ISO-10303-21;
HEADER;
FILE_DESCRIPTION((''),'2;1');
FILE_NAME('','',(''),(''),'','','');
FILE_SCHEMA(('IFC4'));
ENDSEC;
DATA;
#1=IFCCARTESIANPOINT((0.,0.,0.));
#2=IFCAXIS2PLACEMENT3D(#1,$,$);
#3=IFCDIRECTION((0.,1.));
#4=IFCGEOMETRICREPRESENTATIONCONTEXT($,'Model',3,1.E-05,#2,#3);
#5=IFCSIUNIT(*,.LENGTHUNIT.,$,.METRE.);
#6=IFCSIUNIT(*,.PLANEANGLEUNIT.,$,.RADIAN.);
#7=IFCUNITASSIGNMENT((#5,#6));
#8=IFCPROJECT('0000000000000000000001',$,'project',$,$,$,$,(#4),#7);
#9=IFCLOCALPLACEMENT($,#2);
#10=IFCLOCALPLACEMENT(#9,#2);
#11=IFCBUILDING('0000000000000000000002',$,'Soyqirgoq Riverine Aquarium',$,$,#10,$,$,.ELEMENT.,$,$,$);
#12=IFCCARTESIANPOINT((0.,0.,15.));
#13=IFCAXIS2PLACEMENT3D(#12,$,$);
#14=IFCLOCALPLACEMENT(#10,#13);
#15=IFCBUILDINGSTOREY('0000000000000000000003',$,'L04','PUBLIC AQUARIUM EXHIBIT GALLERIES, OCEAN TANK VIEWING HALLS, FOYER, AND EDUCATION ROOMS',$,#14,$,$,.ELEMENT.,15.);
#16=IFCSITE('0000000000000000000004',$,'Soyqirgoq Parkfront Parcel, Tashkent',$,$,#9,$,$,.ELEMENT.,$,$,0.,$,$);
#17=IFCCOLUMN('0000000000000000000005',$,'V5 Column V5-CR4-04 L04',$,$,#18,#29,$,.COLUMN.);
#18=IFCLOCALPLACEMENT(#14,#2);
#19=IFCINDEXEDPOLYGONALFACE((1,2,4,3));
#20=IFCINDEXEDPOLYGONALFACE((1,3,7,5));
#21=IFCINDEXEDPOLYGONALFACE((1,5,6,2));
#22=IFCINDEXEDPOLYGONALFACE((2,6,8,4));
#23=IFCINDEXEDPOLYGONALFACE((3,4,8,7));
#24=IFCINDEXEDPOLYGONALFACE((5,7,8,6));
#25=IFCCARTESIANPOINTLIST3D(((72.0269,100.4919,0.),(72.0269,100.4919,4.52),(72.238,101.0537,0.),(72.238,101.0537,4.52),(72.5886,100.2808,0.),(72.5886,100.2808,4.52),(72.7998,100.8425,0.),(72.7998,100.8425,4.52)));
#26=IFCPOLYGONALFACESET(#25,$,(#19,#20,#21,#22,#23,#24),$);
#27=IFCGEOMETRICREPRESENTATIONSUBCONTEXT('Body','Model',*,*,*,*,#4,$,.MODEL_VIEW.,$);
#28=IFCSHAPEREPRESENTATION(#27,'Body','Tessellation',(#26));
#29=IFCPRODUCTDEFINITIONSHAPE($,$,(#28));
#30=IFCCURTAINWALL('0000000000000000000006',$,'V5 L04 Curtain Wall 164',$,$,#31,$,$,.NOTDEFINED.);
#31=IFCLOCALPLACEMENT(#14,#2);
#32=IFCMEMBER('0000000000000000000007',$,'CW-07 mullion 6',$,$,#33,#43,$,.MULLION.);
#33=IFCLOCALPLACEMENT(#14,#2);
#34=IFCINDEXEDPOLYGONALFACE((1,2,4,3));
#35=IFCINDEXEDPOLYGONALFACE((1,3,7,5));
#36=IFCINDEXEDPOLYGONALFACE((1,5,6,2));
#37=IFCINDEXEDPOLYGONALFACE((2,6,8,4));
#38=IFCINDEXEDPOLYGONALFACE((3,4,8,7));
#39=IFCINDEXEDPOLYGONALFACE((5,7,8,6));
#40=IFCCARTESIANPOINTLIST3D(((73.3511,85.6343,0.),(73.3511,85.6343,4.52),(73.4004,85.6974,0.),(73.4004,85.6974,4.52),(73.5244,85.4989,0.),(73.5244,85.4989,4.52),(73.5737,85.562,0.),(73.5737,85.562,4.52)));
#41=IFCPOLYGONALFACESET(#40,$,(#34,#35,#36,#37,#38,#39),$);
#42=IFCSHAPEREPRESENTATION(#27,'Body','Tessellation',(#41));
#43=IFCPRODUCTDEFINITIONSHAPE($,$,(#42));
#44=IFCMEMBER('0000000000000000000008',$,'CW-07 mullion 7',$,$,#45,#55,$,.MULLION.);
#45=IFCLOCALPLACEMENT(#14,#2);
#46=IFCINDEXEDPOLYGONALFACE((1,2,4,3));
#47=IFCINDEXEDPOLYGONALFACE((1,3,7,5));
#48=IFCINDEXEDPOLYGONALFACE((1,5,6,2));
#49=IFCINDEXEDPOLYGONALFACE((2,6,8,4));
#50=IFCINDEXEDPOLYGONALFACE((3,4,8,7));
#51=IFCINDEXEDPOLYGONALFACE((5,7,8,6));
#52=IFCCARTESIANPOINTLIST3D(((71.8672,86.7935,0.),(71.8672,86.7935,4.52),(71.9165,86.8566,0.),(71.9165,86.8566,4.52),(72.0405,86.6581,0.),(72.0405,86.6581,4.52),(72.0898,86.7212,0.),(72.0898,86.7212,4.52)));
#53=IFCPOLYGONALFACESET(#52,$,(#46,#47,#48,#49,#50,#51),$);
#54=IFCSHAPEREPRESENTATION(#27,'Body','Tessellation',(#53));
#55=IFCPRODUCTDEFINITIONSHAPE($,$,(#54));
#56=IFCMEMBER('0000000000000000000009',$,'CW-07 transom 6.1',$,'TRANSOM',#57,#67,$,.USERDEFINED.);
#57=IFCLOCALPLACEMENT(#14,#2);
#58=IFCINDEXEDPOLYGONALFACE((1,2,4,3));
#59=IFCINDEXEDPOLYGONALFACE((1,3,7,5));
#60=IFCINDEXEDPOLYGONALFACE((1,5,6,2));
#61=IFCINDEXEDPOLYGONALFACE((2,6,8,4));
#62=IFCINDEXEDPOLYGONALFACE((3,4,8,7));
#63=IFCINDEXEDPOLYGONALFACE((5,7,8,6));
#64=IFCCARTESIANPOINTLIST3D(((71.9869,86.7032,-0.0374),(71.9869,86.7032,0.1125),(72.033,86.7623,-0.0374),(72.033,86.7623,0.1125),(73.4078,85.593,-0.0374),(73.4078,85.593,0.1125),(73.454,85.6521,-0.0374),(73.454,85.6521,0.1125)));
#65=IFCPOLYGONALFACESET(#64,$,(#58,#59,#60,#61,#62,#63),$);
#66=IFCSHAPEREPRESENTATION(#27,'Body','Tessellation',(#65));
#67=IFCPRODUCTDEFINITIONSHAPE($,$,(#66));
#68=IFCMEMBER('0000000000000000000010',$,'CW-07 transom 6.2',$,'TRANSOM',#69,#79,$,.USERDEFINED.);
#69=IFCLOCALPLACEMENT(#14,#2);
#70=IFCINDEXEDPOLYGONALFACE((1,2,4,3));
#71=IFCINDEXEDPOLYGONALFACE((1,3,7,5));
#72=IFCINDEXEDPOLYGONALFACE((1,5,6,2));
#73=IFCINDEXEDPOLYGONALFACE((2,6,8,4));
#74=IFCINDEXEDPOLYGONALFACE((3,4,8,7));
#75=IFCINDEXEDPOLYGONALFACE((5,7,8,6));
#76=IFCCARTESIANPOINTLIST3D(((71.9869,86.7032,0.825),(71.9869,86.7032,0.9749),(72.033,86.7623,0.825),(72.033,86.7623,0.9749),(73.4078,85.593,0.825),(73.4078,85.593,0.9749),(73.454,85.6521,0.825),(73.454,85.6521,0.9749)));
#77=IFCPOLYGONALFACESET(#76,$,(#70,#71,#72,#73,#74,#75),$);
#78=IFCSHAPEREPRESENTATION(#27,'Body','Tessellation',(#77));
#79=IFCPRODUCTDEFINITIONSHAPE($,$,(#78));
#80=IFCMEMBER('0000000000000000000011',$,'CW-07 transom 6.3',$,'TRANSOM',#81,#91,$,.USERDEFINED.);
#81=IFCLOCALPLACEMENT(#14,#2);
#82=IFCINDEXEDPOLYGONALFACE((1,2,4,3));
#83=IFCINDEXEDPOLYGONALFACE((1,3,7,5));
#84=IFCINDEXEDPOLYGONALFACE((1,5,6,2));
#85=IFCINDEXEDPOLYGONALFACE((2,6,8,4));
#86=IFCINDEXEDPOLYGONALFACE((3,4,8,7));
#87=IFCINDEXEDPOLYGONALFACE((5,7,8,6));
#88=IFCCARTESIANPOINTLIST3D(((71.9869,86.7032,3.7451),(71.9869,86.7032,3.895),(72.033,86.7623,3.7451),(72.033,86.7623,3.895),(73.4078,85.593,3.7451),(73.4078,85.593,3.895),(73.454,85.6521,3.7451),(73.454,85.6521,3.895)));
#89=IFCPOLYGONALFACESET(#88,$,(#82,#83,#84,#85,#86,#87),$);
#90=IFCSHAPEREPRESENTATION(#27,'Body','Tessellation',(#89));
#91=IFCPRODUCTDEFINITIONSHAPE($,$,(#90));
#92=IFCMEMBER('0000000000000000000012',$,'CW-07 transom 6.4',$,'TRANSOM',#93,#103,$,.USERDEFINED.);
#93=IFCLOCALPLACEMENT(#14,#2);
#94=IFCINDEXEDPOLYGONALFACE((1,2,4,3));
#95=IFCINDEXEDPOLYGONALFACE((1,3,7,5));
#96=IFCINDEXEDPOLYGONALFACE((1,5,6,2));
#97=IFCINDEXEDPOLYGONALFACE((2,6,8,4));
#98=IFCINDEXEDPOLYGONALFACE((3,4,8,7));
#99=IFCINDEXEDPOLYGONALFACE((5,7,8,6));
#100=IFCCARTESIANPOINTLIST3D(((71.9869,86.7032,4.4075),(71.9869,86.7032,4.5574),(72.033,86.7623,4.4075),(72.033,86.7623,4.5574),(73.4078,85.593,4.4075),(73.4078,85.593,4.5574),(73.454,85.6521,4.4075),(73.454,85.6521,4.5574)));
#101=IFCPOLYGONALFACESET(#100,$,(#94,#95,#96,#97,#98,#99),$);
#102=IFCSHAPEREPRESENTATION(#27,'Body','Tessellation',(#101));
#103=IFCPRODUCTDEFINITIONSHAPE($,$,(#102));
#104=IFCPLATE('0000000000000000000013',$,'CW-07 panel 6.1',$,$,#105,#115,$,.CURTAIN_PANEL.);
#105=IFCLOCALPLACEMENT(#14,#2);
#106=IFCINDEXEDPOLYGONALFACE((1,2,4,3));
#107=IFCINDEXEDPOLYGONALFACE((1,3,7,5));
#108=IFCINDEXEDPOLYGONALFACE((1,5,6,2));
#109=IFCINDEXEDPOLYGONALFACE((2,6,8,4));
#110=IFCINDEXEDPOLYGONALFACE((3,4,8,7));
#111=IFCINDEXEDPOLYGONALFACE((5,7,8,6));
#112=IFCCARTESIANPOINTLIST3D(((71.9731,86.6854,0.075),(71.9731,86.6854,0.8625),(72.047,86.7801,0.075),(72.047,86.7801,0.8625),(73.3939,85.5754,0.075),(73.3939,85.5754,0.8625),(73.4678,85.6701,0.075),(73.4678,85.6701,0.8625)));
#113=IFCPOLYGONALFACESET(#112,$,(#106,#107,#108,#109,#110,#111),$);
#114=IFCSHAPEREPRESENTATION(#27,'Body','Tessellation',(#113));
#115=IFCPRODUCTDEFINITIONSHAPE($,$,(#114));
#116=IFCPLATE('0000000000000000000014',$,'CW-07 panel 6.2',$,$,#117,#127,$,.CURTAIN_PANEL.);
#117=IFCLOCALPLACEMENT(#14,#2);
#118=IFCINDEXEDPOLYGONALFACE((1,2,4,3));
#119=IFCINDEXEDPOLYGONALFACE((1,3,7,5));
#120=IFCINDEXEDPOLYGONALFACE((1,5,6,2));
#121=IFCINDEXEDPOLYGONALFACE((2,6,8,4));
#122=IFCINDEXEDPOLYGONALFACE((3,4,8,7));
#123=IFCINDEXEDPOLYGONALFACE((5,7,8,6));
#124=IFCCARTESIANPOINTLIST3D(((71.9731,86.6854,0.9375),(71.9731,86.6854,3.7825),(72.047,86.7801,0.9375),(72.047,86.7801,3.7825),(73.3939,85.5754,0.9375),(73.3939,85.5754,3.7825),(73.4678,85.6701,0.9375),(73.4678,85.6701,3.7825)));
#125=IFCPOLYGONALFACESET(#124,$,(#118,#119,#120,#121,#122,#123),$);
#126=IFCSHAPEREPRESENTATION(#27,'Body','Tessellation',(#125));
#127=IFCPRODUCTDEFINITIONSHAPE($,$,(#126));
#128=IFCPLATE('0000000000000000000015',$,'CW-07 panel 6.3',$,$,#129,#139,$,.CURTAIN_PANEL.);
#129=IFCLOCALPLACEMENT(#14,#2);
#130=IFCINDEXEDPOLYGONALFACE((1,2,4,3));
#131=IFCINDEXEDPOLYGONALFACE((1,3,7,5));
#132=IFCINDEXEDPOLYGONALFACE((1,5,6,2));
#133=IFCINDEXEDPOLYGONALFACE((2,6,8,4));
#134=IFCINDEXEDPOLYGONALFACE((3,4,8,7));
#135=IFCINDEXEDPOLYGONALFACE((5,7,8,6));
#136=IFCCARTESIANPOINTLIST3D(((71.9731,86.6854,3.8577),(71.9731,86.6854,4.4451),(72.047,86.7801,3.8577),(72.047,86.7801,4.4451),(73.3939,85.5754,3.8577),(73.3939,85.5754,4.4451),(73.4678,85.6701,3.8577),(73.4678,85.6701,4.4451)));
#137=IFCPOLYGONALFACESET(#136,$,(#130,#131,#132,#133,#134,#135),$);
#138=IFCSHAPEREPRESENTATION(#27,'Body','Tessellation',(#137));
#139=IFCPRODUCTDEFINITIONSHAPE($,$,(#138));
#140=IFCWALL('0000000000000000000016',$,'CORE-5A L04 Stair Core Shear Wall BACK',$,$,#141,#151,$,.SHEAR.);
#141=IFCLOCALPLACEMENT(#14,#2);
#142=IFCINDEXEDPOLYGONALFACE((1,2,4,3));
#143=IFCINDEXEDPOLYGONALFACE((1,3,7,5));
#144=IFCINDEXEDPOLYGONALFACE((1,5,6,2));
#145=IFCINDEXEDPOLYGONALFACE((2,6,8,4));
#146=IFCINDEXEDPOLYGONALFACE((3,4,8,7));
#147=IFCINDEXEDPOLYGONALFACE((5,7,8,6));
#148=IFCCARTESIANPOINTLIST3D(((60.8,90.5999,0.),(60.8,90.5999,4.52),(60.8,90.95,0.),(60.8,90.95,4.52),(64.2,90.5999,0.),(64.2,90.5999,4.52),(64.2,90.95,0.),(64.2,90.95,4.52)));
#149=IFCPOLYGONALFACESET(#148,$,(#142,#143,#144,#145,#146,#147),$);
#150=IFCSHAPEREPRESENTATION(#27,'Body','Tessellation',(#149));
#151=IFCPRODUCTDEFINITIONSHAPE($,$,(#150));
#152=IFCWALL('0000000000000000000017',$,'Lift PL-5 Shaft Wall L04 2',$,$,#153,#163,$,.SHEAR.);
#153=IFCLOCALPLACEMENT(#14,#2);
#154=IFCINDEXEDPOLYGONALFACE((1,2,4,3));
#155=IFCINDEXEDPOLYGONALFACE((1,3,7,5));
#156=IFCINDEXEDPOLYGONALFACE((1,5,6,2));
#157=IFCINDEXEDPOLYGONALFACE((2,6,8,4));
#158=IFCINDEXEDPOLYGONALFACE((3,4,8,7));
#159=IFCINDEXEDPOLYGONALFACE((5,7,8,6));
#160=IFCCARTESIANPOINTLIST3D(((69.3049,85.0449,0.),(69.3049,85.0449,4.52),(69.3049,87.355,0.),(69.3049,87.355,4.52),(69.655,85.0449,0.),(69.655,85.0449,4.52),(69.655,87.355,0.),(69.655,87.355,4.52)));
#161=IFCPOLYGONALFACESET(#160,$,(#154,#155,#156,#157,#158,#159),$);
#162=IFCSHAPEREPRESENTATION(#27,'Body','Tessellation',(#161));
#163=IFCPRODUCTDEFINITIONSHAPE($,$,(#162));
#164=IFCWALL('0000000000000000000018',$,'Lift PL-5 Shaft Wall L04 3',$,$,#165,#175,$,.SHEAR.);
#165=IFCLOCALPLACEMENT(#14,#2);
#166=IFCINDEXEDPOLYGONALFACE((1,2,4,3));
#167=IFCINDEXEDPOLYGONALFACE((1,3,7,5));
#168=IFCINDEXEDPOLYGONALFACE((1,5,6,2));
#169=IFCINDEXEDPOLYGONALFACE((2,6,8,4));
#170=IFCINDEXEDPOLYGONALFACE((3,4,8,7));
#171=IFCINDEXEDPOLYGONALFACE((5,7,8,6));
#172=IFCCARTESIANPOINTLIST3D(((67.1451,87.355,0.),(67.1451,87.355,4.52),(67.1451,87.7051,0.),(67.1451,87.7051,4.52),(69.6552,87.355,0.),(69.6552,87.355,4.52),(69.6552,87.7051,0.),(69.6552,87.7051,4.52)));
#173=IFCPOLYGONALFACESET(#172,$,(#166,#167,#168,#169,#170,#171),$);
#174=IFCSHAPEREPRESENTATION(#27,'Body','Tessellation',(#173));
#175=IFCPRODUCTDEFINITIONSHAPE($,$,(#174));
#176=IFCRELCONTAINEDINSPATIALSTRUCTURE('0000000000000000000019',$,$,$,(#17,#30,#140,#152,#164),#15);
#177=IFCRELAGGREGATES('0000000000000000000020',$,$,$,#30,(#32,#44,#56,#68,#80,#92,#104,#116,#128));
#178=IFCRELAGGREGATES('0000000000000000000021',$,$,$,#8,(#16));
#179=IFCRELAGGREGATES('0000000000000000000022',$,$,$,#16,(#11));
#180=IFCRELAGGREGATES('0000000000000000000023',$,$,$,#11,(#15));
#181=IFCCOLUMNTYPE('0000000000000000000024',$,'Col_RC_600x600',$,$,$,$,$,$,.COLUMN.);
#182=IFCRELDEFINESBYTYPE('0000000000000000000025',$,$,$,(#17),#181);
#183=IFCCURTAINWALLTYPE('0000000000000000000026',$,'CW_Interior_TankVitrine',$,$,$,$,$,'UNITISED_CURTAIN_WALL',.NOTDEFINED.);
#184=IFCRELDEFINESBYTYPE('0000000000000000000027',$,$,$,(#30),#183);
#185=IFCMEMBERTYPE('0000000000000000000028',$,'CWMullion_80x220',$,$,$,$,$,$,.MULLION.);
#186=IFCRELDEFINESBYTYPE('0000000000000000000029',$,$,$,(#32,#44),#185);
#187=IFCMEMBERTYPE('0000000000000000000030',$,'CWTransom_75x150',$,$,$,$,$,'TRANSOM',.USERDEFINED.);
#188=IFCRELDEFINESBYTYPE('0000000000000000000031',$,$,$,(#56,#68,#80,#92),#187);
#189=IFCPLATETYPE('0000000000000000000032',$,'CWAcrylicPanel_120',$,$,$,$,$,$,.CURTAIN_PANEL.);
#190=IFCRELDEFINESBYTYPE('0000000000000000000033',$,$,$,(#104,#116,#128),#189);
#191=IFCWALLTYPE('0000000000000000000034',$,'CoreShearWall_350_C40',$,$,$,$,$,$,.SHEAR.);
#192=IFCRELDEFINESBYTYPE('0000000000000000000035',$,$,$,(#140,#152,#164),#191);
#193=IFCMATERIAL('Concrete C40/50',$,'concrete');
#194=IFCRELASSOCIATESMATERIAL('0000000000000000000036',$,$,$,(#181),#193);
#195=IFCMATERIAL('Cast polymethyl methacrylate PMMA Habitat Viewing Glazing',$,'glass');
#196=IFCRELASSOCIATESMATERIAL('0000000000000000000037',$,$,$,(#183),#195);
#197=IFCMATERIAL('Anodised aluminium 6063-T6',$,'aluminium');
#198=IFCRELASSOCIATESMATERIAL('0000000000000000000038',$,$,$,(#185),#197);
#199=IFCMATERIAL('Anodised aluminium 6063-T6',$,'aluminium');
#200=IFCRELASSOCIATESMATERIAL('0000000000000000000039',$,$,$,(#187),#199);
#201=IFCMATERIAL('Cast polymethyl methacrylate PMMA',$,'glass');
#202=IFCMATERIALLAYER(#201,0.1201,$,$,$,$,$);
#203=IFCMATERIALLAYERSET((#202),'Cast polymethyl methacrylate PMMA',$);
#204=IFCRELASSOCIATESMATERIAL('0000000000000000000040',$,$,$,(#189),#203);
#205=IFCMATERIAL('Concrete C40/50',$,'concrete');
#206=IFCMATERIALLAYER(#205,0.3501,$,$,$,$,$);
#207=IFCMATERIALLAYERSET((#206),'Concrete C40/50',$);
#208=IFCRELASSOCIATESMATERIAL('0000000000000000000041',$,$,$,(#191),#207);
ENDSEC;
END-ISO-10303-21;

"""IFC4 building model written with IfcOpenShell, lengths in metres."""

from ifc_helpers import new_model, si_unit, direction, frame, frame_2d, origin, origin_2d, place, context, subcontext, project, spatial, rectangle, extrude, material, layer, layer_set, material_profile, profile_set, type_object, element, aggregate, save


model = new_model("IFC4")

# Units and contexts
model_context = context("Model", 3, precision=1e-05, world=origin(), true_north=direction((0.0, 1.0)))
body_context = subcontext(model_context, "Body", "Model", "MODEL_VIEW")
ifc_project = project(units=[si_unit("LENGTHUNIT", "METRE"), si_unit("PLANEANGLEUNIT", "RADIAN")], contexts=[model_context])

# Site, building, storey
site_placement = place(None, origin())
site = spatial("IfcSite", under=ifc_project, at=site_placement, Name="Soyqirgoq Parkfront Parcel, Tashkent", CompositionType="ELEMENT", RefElevation=0.0)
building_placement = place(site_placement, origin())
building = spatial("IfcBuilding", under=site, at=building_placement, Name="Soyqirgoq Riverine Aquarium", CompositionType="ELEMENT")
storey_placement = place(building_placement, frame((0.0, 0.0, 15.0)))
storey = spatial("IfcBuildingStorey", under=building, at=storey_placement, Name="L04", Description="PUBLIC AQUARIUM EXHIBIT GALLERIES, OCEAN TANK VIEWING HALLS, FOYER, AND EDUCATION ROOMS", CompositionType="ELEMENT", Elevation=15.0)

# Column
ifc_material_1 = material(Name="Concrete C40/50", Category="concrete")
ifc_material_profile_1 = material_profile(ifc_material_1, rectangle(XDim=0.6001, YDim=0.6001, at=origin_2d()), Name="RC 600x600")
ifc_profile_set_1 = profile_set([ifc_material_profile_1], Name="Concrete C40/50")
column_type = type_object("IfcColumnType", Name="Col_RC_600x600", PredefinedType="COLUMN", material=ifc_profile_set_1)
column_placement = place(storey_placement, frame((72.4133, 100.6672, 0.0), z_axis=(0.0, 0.0, 1.0), x_axis=(0.351842, 0.93606, 0.0)))
element("IfcColumn", 1, at=column_placement, inside=storey, type_object=column_type, Name="V5 Column V5-CR4-04 L04", PredefinedType="COLUMN", context=body_context, shape_type="SweptSolid", body=[
    extrude(rectangle(XDim=0.6001, YDim=0.6001, at=origin_2d()), origin(), (0.0, 0.0, 1.0), 4.52),
])

# Curtain wall, members, plates
ifc_material_2 = material(Name="Cast polymethyl methacrylate PMMA Habitat Viewing Glazing", Category="glass")
curtain_wall_type = type_object("IfcCurtainWallType", Name="CW_Interior_TankVitrine", ElementType="UNITISED_CURTAIN_WALL", PredefinedType="NOTDEFINED", material=ifc_material_2)
curtain_wall_placement = place(storey_placement, origin())
curtain_wall = element("IfcCurtainWall", 2, at=curtain_wall_placement, inside=storey, type_object=curtain_wall_type, Name="V5 L04 Curtain Wall 164", PredefinedType="NOTDEFINED")
ifc_material_3 = material(Name="Anodised aluminium 6063-T6", Category="aluminium")
ifc_material_profile_2 = material_profile(ifc_material_3, rectangle(XDim=0.0801, YDim=0.22, at=origin_2d()), Name="ALU-M 80x220")
ifc_profile_set_2 = profile_set([ifc_material_profile_2], Name="Anodised aluminium 6063-T6")
member_type_1 = type_object("IfcMemberType", Name="CWMullion_80x220", PredefinedType="MULLION", material=ifc_profile_set_2)
member_1_placement = place(storey_placement, frame((73.4624, 85.5981, 0.0), z_axis=(0.0, 0.0, 1.0), x_axis=(-0.615655, -0.788016, 0.0)))
member_1 = element("IfcMember", 3, at=member_1_placement, type_object=member_type_1, Name="CW-07 mullion 6", PredefinedType="MULLION", context=body_context, shape_type="SweptSolid", body=[
    extrude(rectangle(XDim=0.0801, YDim=0.22, at=origin_2d()), origin(), (0.0, 0.0, 1.0), 4.52),
])
member_2_placement = place(storey_placement, frame((71.9785, 86.7573, 0.0), z_axis=(0.0, 0.0, 1.0), x_axis=(-0.615655, -0.788016, 0.0)))
member_2 = element("IfcMember", 4, at=member_2_placement, type_object=member_type_1, Name="CW-07 mullion 7", PredefinedType="MULLION", context=body_context, shape_type="SweptSolid", body=[
    extrude(rectangle(XDim=0.0801, YDim=0.22, at=origin_2d()), origin(), (0.0, 0.0, 1.0), 4.52),
])
ifc_material_4 = material(Name="Anodised aluminium 6063-T6", Category="aluminium")
ifc_material_profile_3 = material_profile(ifc_material_4, rectangle(XDim=0.075, YDim=0.1499, at=origin_2d()), Name="ALU-T 75x150")
ifc_profile_set_3 = profile_set([ifc_material_profile_3], Name="Anodised aluminium 6063-T6")
member_type_2 = type_object("IfcMemberType", Name="CWTransom_75x150", ElementType="TRANSOM", PredefinedType="USERDEFINED", material=ifc_profile_set_3)
member_3_placement = place(storey_placement, frame((73.4309, 85.6226, 0.0376), z_axis=(-0.788016, 0.615655, 0.0), x_axis=(-0.615655, -0.788016, 0.0)))
member_3 = element("IfcMember", 5, at=member_3_placement, type_object=member_type_2, Name="CW-07 transom 6.1", ObjectType="TRANSOM", PredefinedType="USERDEFINED", context=body_context, shape_type="SweptSolid", body=[
    extrude(rectangle(XDim=0.075, YDim=0.1499, at=origin_2d()), origin(), (0.0, 0.0, 1.0), 1.8032),
])
member_4_placement = place(storey_placement, frame((73.4309, 85.6226, 0.8999), z_axis=(-0.788016, 0.615655, 0.0), x_axis=(-0.615655, -0.788016, 0.0)))
member_4 = element("IfcMember", 6, at=member_4_placement, type_object=member_type_2, Name="CW-07 transom 6.2", ObjectType="TRANSOM", PredefinedType="USERDEFINED", context=body_context, shape_type="SweptSolid", body=[
    extrude(rectangle(XDim=0.075, YDim=0.1499, at=origin_2d()), origin(), (0.0, 0.0, 1.0), 1.8032),
])
member_5_placement = place(storey_placement, frame((73.4309, 85.6226, 3.8201), z_axis=(-0.788016, 0.615655, 0.0), x_axis=(-0.615655, -0.788016, 0.0)))
member_5 = element("IfcMember", 7, at=member_5_placement, type_object=member_type_2, Name="CW-07 transom 6.3", ObjectType="TRANSOM", PredefinedType="USERDEFINED", context=body_context, shape_type="SweptSolid", body=[
    extrude(rectangle(XDim=0.075, YDim=0.1499, at=origin_2d()), origin(), (0.0, 0.0, 1.0), 1.8032),
])
member_6_placement = place(storey_placement, frame((73.4309, 85.6226, 4.4824), z_axis=(-0.788016, 0.615655, 0.0), x_axis=(-0.615655, -0.788016, 0.0)))
member_6 = element("IfcMember", 8, at=member_6_placement, type_object=member_type_2, Name="CW-07 transom 6.4", ObjectType="TRANSOM", PredefinedType="USERDEFINED", context=body_context, shape_type="SweptSolid", body=[
    extrude(rectangle(XDim=0.075, YDim=0.1499, at=origin_2d()), origin(), (0.0, 0.0, 1.0), 1.8032),
])
ifc_material_5 = material(Name="Cast polymethyl methacrylate PMMA", Category="glass")
ifc_layer_1 = layer(ifc_material_5, 0.1201)
ifc_layer_set_1 = layer_set([ifc_layer_1], Name="Cast polymethyl methacrylate PMMA")
plate_type = type_object("IfcPlateType", Name="CWAcrylicPanel_120", PredefinedType="CURTAIN_PANEL", material=ifc_layer_set_1)
plate_1_placement = place(storey_placement, frame((72.7205, 86.1777, 0.075), z_axis=(0.0, 0.0, 1.0), x_axis=(-0.788016, 0.615655, 0.0)))
plate_1 = element("IfcPlate", 9, at=plate_1_placement, type_object=plate_type, Name="CW-07 panel 6.1", PredefinedType="CURTAIN_PANEL", context=body_context, shape_type="SweptSolid", body=[
    extrude(rectangle(XDim=1.803, YDim=0.1201, at=origin_2d()), origin(), (0.0, 0.0, 1.0), 0.7876),
])
plate_2_placement = place(storey_placement, frame((72.7205, 86.1777, 0.9375), z_axis=(0.0, 0.0, 1.0), x_axis=(-0.788016, 0.615655, 0.0)))
plate_2 = element("IfcPlate", 10, at=plate_2_placement, type_object=plate_type, Name="CW-07 panel 6.2", PredefinedType="CURTAIN_PANEL", context=body_context, shape_type="SweptSolid", body=[
    extrude(rectangle(XDim=1.803, YDim=0.1201, at=origin_2d()), origin(), (0.0, 0.0, 1.0), 2.845),
])
plate_3_placement = place(storey_placement, frame((72.7205, 86.1777, 3.8577), z_axis=(0.0, 0.0, 1.0), x_axis=(-0.788016, 0.615655, 0.0)))
plate_3 = element("IfcPlate", 11, at=plate_3_placement, type_object=plate_type, Name="CW-07 panel 6.3", PredefinedType="CURTAIN_PANEL", context=body_context, shape_type="SweptSolid", body=[
    extrude(rectangle(XDim=1.803, YDim=0.1201, at=origin_2d()), origin(), (0.0, 0.0, 1.0), 0.5874),
])
aggregate(curtain_wall, [member_1, member_2, member_3, member_4, member_5, member_6, plate_1, plate_2, plate_3])

# Walls
ifc_material_6 = material(Name="Concrete C40/50", Category="concrete")
ifc_layer_2 = layer(ifc_material_6, 0.3501)
ifc_layer_set_2 = layer_set([ifc_layer_2], Name="Concrete C40/50")
wall_type = type_object("IfcWallType", Name="CoreShearWall_350_C40", PredefinedType="SHEAR", material=ifc_layer_set_2)
wall_1_placement = place(storey_placement, frame((64.2, 90.7749, 0.0), z_axis=(0.0, 0.0, 1.0), x_axis=(-1.0, 0.0, 0.0)))
element("IfcWall", 12, at=wall_1_placement, inside=storey, type_object=wall_type, Name="CORE-5A L04 Stair Core Shear Wall BACK", PredefinedType="SHEAR", context=body_context, shape_type="SweptSolid", body=[
    extrude(rectangle(XDim=3.3999, YDim=0.3501, at=frame_2d((1.7, 0.0))), origin(), (0.0, 0.0, 1.0), 4.52),
])
wall_2_placement = place(storey_placement, frame((69.48, 85.0449, 0.0), z_axis=(0.0, 0.0, 1.0), x_axis=(0.0, 1.0, 0.0)))
element("IfcWall", 13, at=wall_2_placement, inside=storey, type_object=wall_type, Name="Lift PL-5 Shaft Wall L04 2", PredefinedType="SHEAR", context=body_context, shape_type="SweptSolid", body=[
    extrude(rectangle(XDim=2.3101, YDim=0.3501, at=frame_2d((1.155, 0.0))), origin(), (0.0, 0.0, 1.0), 4.52),
])
wall_3_placement = place(storey_placement, frame((69.655, 87.53, 0.0), z_axis=(0.0, 0.0, 1.0), x_axis=(-1.0, 0.0, 0.0)))
element("IfcWall", 14, at=wall_3_placement, inside=storey, type_object=wall_type, Name="Lift PL-5 Shaft Wall L04 3", PredefinedType="SHEAR", context=body_context, shape_type="SweptSolid", body=[
    extrude(rectangle(XDim=2.51, YDim=0.3501, at=frame_2d((1.2549, 0.0))), origin(), (0.0, 0.0, 1.0), 4.52),
])

save(model, "model.ifc")
